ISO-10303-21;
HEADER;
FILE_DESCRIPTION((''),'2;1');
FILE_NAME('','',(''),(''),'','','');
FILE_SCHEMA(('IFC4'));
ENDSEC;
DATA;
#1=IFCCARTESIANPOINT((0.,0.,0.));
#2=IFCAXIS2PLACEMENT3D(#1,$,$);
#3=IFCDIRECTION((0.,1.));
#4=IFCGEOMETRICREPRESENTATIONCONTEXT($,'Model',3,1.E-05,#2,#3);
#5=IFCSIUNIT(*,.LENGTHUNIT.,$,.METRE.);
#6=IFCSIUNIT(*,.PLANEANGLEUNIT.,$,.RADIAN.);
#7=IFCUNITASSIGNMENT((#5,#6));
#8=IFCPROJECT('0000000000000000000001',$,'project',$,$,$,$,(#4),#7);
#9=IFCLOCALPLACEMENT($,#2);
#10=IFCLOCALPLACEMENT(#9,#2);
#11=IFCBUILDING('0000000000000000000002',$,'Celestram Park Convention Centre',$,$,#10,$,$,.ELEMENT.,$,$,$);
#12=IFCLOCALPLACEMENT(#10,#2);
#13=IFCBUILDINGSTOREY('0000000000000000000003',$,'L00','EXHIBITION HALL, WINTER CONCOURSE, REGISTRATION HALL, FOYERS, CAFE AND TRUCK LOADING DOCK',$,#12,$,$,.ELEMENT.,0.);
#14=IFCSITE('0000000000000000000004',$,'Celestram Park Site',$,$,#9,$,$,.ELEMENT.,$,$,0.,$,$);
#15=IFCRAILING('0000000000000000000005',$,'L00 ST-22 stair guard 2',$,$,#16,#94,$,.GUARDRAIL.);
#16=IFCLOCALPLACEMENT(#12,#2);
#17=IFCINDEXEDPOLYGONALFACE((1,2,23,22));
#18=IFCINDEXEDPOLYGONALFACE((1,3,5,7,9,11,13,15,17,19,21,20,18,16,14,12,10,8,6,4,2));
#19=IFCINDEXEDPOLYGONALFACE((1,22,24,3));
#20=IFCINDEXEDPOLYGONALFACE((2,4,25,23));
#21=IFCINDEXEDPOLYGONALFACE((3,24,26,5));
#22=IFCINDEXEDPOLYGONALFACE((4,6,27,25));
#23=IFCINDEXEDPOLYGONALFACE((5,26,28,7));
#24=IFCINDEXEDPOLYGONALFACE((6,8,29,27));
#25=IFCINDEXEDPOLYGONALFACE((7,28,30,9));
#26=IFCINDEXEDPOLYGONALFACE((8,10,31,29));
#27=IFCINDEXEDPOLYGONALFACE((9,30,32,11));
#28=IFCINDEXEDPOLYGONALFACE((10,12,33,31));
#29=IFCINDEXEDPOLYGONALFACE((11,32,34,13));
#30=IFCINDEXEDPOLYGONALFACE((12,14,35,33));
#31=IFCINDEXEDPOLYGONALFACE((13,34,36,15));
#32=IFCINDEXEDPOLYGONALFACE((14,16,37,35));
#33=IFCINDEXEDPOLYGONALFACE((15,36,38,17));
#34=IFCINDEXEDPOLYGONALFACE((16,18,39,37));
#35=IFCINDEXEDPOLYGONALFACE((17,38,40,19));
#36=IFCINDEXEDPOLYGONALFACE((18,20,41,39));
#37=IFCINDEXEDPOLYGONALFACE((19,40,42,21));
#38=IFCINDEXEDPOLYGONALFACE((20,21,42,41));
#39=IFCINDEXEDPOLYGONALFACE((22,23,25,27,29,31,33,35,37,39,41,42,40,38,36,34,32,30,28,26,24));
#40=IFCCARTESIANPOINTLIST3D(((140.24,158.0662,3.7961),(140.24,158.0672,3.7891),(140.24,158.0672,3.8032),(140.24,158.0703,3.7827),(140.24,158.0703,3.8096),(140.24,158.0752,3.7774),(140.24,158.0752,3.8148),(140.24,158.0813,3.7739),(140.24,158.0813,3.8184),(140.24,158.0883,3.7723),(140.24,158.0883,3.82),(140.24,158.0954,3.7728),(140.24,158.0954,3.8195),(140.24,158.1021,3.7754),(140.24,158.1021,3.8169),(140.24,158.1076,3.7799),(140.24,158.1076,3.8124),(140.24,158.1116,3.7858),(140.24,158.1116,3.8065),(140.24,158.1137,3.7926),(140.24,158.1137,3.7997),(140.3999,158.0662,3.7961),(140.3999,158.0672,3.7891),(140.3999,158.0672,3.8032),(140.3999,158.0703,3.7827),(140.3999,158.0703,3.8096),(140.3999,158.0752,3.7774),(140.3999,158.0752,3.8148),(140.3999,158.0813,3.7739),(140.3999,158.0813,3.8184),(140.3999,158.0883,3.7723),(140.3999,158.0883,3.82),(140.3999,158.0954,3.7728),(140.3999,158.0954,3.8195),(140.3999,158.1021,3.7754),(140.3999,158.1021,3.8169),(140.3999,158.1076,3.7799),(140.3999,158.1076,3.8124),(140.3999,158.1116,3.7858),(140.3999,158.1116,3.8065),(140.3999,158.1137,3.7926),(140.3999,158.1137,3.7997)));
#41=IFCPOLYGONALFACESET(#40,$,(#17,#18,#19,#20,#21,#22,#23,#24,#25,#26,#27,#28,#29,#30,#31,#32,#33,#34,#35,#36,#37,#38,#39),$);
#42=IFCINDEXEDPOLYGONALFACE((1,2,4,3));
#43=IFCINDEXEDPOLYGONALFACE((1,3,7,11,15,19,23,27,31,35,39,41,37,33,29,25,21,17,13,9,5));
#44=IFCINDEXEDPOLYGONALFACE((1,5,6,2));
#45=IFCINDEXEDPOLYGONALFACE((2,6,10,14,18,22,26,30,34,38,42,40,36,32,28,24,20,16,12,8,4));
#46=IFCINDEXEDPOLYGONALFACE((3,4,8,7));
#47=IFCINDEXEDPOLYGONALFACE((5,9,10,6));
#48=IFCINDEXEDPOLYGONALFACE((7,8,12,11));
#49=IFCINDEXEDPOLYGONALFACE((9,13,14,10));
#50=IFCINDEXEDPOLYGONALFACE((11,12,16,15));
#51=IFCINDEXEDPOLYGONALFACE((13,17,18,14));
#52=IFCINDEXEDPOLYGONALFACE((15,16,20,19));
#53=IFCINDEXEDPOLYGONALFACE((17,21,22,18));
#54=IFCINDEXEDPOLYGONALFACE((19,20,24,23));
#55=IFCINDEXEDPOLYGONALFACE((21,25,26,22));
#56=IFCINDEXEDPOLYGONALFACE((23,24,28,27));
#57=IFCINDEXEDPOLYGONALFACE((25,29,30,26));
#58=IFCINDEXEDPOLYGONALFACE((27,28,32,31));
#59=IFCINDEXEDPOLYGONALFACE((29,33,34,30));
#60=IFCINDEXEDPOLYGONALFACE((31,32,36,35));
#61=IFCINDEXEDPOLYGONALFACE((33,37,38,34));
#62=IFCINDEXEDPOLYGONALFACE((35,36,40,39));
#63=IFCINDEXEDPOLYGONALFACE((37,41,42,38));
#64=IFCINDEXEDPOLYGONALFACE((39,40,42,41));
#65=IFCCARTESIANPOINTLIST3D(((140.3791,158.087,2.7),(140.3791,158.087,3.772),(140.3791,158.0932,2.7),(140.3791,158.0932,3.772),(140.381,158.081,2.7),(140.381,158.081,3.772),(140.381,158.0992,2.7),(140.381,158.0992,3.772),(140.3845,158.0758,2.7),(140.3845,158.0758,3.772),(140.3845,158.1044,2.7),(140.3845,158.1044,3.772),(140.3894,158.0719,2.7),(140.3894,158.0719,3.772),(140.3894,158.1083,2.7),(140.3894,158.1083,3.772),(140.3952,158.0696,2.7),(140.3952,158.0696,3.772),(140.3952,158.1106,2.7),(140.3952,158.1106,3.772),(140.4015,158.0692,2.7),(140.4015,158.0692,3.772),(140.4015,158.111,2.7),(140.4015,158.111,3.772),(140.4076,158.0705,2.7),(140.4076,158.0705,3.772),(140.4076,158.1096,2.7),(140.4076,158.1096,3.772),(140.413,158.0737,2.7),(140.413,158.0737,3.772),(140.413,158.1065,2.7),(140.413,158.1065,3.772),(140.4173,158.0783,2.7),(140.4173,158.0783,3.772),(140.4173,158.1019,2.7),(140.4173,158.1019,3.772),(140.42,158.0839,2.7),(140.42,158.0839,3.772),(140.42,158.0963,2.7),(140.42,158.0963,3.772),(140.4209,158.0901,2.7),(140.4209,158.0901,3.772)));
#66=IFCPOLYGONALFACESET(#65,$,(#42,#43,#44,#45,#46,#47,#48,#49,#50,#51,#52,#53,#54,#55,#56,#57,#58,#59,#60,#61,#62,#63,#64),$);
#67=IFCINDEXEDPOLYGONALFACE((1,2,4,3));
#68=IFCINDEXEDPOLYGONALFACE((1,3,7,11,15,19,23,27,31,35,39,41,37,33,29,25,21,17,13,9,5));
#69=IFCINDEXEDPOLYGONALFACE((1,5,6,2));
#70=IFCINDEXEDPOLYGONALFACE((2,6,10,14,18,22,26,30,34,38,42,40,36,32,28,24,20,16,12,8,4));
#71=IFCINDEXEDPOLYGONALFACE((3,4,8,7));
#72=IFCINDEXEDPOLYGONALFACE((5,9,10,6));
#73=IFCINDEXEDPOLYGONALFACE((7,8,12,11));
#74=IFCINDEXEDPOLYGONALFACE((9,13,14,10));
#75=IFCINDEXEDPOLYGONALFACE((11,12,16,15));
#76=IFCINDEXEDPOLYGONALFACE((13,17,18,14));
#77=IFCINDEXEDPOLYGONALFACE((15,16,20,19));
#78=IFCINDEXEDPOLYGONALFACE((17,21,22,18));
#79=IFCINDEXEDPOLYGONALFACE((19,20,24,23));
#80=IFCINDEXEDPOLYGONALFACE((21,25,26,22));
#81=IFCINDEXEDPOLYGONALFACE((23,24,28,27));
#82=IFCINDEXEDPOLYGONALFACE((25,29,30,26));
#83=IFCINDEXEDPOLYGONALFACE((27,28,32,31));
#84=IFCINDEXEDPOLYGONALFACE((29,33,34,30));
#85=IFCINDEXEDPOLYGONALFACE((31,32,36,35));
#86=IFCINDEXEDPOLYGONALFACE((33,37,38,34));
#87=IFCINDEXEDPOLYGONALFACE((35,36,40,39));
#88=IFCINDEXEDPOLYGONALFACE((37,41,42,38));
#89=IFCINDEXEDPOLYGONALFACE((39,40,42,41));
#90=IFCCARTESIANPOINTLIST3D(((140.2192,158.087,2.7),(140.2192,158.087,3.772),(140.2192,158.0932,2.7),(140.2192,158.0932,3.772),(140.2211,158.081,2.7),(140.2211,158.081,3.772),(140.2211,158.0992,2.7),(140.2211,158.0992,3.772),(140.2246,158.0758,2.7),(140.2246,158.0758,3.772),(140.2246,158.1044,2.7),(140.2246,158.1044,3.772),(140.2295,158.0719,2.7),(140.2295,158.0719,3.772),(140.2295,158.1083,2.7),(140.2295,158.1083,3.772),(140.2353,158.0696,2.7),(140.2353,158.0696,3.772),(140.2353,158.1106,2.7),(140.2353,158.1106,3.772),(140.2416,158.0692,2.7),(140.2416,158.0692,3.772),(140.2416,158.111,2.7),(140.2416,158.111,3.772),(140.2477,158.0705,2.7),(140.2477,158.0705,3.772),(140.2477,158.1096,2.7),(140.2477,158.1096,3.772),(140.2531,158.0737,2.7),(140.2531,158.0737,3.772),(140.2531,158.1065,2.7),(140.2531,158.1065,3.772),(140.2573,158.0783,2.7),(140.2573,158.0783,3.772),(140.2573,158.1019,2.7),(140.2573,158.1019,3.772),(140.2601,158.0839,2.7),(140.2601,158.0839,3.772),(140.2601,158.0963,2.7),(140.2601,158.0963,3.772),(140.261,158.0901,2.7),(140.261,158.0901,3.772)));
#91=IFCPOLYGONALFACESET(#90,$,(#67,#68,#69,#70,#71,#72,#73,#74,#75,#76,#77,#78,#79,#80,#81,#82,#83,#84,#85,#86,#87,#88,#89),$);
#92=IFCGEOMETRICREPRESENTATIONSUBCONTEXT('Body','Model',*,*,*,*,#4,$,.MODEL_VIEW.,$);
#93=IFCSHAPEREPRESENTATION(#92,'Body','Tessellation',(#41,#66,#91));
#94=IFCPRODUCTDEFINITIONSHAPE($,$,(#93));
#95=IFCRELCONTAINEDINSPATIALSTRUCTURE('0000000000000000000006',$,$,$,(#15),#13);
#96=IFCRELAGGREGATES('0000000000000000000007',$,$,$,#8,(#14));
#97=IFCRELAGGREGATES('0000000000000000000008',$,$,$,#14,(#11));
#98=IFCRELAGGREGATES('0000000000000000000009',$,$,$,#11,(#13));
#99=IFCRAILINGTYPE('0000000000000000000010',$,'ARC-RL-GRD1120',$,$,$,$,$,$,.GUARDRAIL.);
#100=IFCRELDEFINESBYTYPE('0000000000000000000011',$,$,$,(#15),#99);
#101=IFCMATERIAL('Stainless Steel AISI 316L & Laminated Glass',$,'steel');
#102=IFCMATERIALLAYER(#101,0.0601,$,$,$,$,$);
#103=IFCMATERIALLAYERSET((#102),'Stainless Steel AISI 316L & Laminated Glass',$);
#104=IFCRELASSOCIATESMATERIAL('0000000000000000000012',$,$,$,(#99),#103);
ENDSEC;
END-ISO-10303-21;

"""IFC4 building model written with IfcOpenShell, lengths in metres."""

from ifc_helpers import new_model, si_unit, direction, frame, origin, origin_2d, place, context, subcontext, project, spatial, circle, extrude, material, layer, layer_set, type_object, element, save


model = new_model("IFC4")

# Units and contexts
model_context = context("Model", 3, precision=1e-05, world=origin(), true_north=direction((0.0, 1.0)))
body_context = subcontext(model_context, "Body", "Model", "MODEL_VIEW")
ifc_project = project(units=[si_unit("LENGTHUNIT", "METRE"), si_unit("PLANEANGLEUNIT", "RADIAN")], contexts=[model_context])

# Site, building, storey
site_placement = place(None, origin())
site = spatial("IfcSite", under=ifc_project, at=site_placement, Name="Celestram Park Site", CompositionType="ELEMENT", RefElevation=0.0)
building_placement = place(site_placement, origin())
building = spatial("IfcBuilding", under=site, at=building_placement, Name="Celestram Park Convention Centre", CompositionType="ELEMENT")
storey_placement = place(building_placement, origin())
storey = spatial("IfcBuildingStorey", under=building, at=storey_placement, Name="L00", Description="EXHIBITION HALL, WINTER CONCOURSE, REGISTRATION HALL, FOYERS, CAFE AND TRUCK LOADING DOCK", CompositionType="ELEMENT", Elevation=0.0)

# Railing
ifc_material_1 = material(Name="Stainless Steel AISI 316L & Laminated Glass", Category="steel")
ifc_layer_1 = layer(ifc_material_1, 0.0601)
ifc_layer_set_1 = layer_set([ifc_layer_1], Name="Stainless Steel AISI 316L & Laminated Glass")
railing_type_1 = type_object("IfcRailingType", Name="ARC-RL-GRD1120", PredefinedType="GUARDRAIL", material=ifc_layer_set_1)
railing_1_placement = place(storey_placement, frame((140.3999, 158.0901, 2.7)))
element("IfcRailing", 1, at=railing_1_placement, inside=storey, type_object=railing_type_1, Name="L00 ST-22 stair guard 2", PredefinedType="GUARDRAIL", context=body_context, shape_type="SweptSolid", body=[
    extrude(circle(Radius=0.0239, at=origin_2d()), frame((0.0, 0.0, 1.0962), z_axis=(-1.0, 0.0, 0.0), x_axis=(0.0, -1.0, 0.0)), (0.0, 0.0, 1.0), 0.1599),
    extrude(circle(Radius=0.021, at=origin_2d()), origin(), (0.0, 0.0, 1.0), 1.072),
    extrude(circle(Radius=0.021, at=origin_2d()), frame((-0.1599, 0.0, 0.0)), (0.0, 0.0, 1.0), 1.072),
])

save(model, "model.ifc")
